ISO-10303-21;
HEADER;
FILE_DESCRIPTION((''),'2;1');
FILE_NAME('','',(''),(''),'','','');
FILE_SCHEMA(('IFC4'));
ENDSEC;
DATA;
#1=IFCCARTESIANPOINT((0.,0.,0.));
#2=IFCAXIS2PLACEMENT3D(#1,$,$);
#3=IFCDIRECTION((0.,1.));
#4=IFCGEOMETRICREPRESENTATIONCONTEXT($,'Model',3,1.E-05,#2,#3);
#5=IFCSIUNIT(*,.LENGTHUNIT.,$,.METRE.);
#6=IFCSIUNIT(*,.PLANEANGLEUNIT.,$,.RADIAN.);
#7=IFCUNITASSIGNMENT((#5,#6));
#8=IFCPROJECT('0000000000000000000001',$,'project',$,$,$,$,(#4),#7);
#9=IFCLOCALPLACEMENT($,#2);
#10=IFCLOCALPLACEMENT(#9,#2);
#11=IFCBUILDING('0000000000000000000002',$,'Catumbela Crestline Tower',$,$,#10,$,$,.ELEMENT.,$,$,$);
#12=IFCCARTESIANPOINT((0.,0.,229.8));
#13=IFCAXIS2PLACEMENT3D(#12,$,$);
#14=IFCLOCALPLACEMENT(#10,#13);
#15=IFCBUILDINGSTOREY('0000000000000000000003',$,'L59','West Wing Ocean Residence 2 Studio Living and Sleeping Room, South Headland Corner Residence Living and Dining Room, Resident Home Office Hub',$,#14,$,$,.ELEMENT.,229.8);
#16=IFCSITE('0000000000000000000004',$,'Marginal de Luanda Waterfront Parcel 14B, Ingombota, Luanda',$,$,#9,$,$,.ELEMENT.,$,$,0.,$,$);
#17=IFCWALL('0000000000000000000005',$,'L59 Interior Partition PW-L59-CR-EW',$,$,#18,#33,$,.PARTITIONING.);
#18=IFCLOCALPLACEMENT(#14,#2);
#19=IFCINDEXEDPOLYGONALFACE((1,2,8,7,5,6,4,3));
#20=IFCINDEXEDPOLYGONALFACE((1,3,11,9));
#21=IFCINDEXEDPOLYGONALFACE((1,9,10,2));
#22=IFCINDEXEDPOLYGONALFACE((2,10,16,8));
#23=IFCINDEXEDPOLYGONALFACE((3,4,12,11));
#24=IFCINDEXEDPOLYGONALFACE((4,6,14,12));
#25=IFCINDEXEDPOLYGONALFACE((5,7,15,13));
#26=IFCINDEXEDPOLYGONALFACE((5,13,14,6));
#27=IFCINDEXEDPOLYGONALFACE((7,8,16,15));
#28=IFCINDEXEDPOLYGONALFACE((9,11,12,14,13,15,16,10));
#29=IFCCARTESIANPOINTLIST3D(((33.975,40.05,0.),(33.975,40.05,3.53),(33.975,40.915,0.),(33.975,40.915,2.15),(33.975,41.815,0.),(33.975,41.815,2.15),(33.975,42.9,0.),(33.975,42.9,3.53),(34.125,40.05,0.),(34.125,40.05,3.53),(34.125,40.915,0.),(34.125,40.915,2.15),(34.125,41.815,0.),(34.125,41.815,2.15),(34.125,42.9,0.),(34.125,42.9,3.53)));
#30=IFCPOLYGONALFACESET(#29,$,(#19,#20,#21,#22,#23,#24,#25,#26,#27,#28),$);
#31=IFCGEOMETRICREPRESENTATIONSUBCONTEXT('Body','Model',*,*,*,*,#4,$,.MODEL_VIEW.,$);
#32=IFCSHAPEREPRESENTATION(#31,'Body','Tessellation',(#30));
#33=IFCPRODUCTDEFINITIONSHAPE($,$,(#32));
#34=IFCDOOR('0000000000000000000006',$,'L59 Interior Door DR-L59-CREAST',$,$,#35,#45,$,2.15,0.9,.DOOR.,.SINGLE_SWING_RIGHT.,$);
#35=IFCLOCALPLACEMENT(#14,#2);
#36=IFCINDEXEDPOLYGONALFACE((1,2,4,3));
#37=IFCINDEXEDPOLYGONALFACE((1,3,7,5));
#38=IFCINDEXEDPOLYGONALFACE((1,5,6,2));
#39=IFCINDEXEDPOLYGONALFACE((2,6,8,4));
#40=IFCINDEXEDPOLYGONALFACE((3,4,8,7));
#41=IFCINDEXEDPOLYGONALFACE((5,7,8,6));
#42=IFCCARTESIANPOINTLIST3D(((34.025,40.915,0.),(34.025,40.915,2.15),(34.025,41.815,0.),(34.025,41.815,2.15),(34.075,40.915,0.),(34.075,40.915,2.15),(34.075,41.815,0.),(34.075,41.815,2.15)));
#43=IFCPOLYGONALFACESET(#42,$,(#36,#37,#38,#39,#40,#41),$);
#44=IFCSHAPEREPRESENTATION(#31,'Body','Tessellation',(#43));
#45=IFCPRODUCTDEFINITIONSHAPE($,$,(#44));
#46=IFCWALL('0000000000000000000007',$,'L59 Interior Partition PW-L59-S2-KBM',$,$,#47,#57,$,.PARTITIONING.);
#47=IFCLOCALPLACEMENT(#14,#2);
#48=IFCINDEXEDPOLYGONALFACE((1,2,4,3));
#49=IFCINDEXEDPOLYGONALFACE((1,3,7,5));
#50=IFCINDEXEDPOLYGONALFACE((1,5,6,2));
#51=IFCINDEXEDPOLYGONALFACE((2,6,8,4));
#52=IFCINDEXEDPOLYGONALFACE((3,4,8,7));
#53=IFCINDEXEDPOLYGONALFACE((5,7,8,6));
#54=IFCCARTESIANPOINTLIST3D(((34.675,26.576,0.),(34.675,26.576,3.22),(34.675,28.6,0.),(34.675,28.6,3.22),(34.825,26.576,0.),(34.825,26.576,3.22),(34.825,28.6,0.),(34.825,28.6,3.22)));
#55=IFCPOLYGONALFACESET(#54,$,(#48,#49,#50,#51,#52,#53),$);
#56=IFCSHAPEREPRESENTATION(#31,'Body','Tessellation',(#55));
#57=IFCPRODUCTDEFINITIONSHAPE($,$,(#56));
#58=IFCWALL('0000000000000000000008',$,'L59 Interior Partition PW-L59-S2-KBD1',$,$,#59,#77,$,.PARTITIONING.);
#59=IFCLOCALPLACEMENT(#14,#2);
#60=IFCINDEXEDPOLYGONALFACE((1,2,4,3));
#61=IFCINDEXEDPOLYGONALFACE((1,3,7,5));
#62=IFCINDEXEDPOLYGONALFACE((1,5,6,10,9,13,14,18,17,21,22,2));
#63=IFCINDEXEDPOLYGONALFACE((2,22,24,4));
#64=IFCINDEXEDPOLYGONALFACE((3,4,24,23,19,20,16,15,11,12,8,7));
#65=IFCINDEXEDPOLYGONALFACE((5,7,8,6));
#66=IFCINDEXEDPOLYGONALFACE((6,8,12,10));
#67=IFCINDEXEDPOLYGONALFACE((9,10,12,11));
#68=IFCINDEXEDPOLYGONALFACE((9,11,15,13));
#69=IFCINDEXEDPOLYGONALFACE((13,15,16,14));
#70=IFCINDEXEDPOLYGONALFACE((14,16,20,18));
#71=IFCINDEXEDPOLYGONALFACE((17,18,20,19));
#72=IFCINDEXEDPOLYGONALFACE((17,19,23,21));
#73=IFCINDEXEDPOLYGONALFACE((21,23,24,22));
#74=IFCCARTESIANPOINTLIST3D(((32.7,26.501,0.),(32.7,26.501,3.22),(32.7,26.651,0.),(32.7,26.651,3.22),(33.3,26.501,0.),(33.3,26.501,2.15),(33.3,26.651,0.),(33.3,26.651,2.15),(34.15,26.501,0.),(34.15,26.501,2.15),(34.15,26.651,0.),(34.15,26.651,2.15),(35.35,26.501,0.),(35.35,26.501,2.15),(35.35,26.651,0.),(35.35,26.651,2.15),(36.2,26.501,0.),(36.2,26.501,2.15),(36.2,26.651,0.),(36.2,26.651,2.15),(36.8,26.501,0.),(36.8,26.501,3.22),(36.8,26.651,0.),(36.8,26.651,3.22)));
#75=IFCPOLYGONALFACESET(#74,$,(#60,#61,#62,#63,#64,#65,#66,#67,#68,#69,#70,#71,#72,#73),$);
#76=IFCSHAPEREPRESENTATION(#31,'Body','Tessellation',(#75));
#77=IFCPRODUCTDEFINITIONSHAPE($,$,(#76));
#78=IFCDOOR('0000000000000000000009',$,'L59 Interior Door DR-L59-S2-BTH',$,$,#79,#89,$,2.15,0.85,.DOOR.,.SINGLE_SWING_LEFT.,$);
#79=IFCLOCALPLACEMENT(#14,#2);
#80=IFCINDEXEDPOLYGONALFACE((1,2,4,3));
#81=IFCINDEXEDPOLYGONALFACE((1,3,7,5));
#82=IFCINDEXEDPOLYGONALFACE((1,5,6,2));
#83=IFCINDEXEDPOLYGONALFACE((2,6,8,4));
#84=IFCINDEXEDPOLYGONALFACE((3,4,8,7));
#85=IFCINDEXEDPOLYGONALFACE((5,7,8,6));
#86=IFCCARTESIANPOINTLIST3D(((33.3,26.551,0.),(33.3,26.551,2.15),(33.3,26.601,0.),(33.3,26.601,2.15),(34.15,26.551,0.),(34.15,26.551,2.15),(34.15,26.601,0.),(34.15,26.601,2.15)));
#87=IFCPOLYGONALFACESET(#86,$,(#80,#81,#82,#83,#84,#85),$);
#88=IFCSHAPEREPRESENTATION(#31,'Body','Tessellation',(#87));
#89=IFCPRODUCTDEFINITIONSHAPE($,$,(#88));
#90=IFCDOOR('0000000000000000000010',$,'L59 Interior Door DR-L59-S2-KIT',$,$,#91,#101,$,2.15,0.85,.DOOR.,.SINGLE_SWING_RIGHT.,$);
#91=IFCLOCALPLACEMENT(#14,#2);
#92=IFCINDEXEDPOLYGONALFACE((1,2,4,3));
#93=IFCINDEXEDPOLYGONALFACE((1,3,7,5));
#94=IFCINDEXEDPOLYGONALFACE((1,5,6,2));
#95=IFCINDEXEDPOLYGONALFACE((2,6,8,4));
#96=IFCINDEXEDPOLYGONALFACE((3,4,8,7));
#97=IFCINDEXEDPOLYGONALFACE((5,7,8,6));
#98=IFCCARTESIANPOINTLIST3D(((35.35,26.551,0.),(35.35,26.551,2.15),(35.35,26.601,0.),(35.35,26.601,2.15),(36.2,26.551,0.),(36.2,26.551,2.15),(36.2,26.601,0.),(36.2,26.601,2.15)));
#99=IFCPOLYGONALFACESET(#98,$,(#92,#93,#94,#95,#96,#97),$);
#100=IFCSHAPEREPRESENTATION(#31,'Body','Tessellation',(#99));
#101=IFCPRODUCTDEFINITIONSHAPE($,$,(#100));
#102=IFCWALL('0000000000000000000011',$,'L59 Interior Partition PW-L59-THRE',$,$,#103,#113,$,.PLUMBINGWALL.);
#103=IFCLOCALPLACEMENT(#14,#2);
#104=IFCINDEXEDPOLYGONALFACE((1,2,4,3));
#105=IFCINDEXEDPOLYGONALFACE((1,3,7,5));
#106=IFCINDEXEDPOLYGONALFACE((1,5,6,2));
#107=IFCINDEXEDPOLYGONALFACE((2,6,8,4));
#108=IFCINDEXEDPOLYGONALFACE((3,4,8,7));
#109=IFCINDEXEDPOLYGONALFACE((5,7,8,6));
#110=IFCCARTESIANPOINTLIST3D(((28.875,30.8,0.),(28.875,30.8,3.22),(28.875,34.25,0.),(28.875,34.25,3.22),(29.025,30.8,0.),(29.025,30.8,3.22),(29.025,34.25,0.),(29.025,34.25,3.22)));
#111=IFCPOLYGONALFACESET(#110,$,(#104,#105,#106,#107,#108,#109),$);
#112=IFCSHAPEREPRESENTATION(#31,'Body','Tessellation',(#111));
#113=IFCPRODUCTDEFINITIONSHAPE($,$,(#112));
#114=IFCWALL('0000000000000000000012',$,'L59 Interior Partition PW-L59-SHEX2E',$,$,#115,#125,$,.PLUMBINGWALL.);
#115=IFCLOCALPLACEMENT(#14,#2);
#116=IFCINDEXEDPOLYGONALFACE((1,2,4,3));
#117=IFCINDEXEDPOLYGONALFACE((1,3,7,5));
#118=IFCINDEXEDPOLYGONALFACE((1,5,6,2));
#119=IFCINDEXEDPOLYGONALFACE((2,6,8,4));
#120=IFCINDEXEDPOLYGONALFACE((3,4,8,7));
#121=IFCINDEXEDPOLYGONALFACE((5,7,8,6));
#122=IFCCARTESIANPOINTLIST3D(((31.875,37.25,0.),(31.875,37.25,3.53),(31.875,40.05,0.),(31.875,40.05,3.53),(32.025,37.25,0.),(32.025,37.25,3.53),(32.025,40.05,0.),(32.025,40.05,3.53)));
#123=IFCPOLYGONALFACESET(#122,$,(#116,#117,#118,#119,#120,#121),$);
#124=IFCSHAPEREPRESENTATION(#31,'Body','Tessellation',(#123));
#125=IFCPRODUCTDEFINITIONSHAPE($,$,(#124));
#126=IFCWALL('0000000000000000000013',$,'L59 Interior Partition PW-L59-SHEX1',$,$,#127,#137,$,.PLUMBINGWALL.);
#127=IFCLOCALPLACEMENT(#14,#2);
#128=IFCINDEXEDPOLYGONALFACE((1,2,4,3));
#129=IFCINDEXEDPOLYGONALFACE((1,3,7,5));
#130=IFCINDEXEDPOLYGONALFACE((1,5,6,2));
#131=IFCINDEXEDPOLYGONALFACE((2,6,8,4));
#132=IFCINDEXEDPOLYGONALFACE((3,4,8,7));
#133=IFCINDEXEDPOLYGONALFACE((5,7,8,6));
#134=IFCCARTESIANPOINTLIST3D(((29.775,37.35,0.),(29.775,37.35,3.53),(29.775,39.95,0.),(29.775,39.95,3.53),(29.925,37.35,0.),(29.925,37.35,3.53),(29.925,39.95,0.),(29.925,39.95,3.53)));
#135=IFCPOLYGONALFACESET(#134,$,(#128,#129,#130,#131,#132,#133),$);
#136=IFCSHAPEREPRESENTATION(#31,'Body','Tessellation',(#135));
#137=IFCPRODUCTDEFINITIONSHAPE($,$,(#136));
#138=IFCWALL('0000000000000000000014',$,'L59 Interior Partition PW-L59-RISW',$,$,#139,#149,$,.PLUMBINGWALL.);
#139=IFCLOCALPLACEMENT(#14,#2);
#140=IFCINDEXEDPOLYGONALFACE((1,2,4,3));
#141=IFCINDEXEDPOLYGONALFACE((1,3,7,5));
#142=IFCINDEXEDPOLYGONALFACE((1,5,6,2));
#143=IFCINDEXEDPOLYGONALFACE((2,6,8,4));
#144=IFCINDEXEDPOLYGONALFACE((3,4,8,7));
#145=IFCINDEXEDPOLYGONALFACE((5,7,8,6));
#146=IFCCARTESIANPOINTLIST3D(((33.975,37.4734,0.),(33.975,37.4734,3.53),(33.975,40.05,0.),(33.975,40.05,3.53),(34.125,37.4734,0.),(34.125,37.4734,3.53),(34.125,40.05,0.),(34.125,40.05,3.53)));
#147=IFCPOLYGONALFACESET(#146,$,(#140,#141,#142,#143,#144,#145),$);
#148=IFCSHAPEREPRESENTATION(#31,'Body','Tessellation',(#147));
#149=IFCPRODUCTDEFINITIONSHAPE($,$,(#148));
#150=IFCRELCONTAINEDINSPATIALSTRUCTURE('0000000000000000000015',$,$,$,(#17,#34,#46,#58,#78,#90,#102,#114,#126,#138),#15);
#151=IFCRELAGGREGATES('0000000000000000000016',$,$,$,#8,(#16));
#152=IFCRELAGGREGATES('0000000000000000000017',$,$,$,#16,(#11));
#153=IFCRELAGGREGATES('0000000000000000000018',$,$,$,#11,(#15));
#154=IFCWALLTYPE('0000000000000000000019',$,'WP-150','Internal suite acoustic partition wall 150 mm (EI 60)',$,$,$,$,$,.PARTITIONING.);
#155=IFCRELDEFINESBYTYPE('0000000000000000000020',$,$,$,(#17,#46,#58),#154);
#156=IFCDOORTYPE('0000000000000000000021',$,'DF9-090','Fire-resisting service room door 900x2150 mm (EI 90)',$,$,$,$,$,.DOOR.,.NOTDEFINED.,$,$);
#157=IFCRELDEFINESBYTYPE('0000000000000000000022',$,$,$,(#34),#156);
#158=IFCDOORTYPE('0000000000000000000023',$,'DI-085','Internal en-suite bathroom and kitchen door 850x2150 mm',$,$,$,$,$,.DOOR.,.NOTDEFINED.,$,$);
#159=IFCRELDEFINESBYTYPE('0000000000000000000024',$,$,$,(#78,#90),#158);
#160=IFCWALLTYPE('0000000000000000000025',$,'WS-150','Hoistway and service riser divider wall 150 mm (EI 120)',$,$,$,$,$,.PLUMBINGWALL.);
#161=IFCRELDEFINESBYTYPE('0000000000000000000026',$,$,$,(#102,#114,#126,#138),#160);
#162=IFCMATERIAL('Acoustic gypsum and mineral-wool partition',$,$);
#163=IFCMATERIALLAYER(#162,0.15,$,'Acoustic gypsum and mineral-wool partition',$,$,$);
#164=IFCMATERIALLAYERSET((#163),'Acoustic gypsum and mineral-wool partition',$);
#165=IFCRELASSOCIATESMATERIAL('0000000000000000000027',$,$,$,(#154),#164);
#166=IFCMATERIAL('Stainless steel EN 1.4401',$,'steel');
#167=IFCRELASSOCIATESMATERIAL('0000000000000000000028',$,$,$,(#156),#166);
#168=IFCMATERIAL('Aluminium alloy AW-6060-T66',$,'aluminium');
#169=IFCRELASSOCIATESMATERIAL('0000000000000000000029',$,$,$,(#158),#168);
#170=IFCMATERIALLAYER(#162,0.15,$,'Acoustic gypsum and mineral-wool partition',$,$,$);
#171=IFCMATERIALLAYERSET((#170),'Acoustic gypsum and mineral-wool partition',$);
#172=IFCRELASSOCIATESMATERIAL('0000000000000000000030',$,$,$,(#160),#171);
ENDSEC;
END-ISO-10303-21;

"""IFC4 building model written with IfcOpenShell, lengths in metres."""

from ifc_helpers import new_model, si_unit, direction, frame, frame_2d, origin, place, context, subcontext, project, spatial, rectangle, extrude, material, layer, layer_set, type_object, element, fill, save


model = new_model("IFC4")

# Units and contexts
model_context = context("Model", 3, precision=1e-05, world=origin(), true_north=direction((0.0, 1.0)))
body_context = subcontext(model_context, "Body", "Model", "MODEL_VIEW")
ifc_project = project(units=[si_unit("LENGTHUNIT", "METRE"), si_unit("PLANEANGLEUNIT", "RADIAN")], contexts=[model_context])

# Site, building, storey
site_placement = place(None, origin())
site = spatial("IfcSite", under=ifc_project, at=site_placement, Name="Marginal de Luanda Waterfront Parcel 14B, Ingombota, Luanda", CompositionType="ELEMENT", RefElevation=0.0)
building_placement = place(site_placement, origin())
building = spatial("IfcBuilding", under=site, at=building_placement, Name="Catumbela Crestline Tower", CompositionType="ELEMENT")
storey_placement = place(building_placement, frame((0.0, 0.0, 229.8)))
storey = spatial("IfcBuildingStorey", under=building, at=storey_placement, Name="L59", Description="West Wing Ocean Residence 2 Studio Living and Sleeping Room, South Headland Corner Residence Living and Dining Room, Resident Home Office Hub", CompositionType="ELEMENT", Elevation=229.8)

# Shared definitions
ifc_material_1 = material(Name="Stainless steel EN 1.4401", Category="steel")

# Shared definitions
ifc_material_2 = material(Name="Acoustic gypsum and mineral-wool partition")
ifc_layer_1 = layer(ifc_material_2, 0.15, Name="Acoustic gypsum and mineral-wool partition")
ifc_layer_set_1 = layer_set([ifc_layer_1], Name="Acoustic gypsum and mineral-wool partition")
wall_type_1 = type_object("IfcWallType", Name="WP-150", Description="Internal suite acoustic partition wall 150 mm (EI 60)", PredefinedType="PARTITIONING", material=ifc_layer_set_1)

# Wall, opening, door
wall_1_placement = place(storey_placement, frame((34.05, 40.05, 0.0), z_axis=(0.0, 0.0, 1.0), x_axis=(0.0, 1.0, 0.0)))
wall_1 = element("IfcWall", 1, at=wall_1_placement, inside=storey, type_object=wall_type_1, Name="L59 Interior Partition PW-L59-CR-EW", PredefinedType="PARTITIONING", context=body_context, shape_type="SweptSolid", body=[
    extrude(rectangle(XDim=2.85, YDim=0.15, at=frame_2d((1.425, 0.0))), origin(), (0.0, 0.0, 1.0), 3.53),
])
opening_1_placement = place(wall_1_placement, frame((0.865, 0.0, 0.0)))
opening_1 = element("IfcOpeningElement", 2, at=opening_1_placement, cuts=wall_1, PredefinedType="OPENING", context=body_context, shape_type="SweptSolid", body=[
    extrude(rectangle(XDim=0.9, YDim=2.15, at=frame_2d((0.45, 1.075))), frame((0.0, 0.085, 0.0), z_axis=(0.0, -1.0, 0.0), x_axis=(1.0, 0.0, 0.0)), (0.0, 0.0, 1.0), 0.17),
])
door_type_1 = type_object("IfcDoorType", Name="DF9-090", Description="Fire-resisting service room door 900x2150 mm (EI 90)", OperationType="NOTDEFINED", PredefinedType="DOOR", material=ifc_material_1)
door_1_placement = place(opening_1_placement, origin())
door_1 = element("IfcDoor", 3, at=door_1_placement, inside=storey, type_object=door_type_1, Name="L59 Interior Door DR-L59-CREAST", OperationType="SINGLE_SWING_RIGHT", OverallHeight=2.15, OverallWidth=0.9, PredefinedType="DOOR", context=body_context, shape_type="SweptSolid", body=[
    extrude(rectangle(XDim=0.9, YDim=2.15, at=frame_2d((0.45, 1.075))), frame((0.0, 0.025, 0.0), z_axis=(0.0, -1.0, 0.0), x_axis=(1.0, 0.0, 0.0)), (0.0, 0.0, 1.0), 0.05),
])
fill(opening_1, door_1)

# Wall
wall_2_placement = place(storey_placement, frame((34.75, 26.576, 0.0), z_axis=(0.0, 0.0, 1.0), x_axis=(0.0, 1.0, 0.0)))
element("IfcWall", 4, at=wall_2_placement, inside=storey, type_object=wall_type_1, Name="L59 Interior Partition PW-L59-S2-KBM", PredefinedType="PARTITIONING", context=body_context, shape_type="SweptSolid", body=[
    extrude(rectangle(XDim=2.024, YDim=0.15, at=frame_2d((1.012, 0.0))), origin(), (0.0, 0.0, 1.0), 3.22),
])

# Wall, openings, doors
wall_3_placement = place(storey_placement, frame((32.7, 26.576, 0.0), z_axis=(0.0, 0.0, 1.0), x_axis=(1.0, 0.0, 0.0)))
wall_3 = element("IfcWall", 5, at=wall_3_placement, inside=storey, type_object=wall_type_1, Name="L59 Interior Partition PW-L59-S2-KBD1", PredefinedType="PARTITIONING", context=body_context, shape_type="SweptSolid", body=[
    extrude(rectangle(XDim=4.1, YDim=0.15, at=frame_2d((2.05, 0.0))), origin(), (0.0, 0.0, 1.0), 3.22),
])
opening_2_placement = place(wall_3_placement, frame((0.6, 0.0, 0.0)))
opening_2 = element("IfcOpeningElement", 6, at=opening_2_placement, cuts=wall_3, PredefinedType="OPENING", context=body_context, shape_type="SweptSolid", body=[
    extrude(rectangle(XDim=0.85, YDim=2.15, at=frame_2d((0.425, 1.075))), frame((0.0, 0.085, 0.0), z_axis=(0.0, -1.0, 0.0), x_axis=(1.0, 0.0, 0.0)), (0.0, 0.0, 1.0), 0.17),
])
opening_3_placement = place(wall_3_placement, frame((2.65, 0.0, 0.0)))
opening_3 = element("IfcOpeningElement", 7, at=opening_3_placement, cuts=wall_3, PredefinedType="OPENING", context=body_context, shape_type="SweptSolid", body=[
    extrude(rectangle(XDim=0.85, YDim=2.15, at=frame_2d((0.425, 1.075))), frame((0.0, 0.085, 0.0), z_axis=(0.0, -1.0, 0.0), x_axis=(1.0, 0.0, 0.0)), (0.0, 0.0, 1.0), 0.17),
])
ifc_material_3 = material(Name="Aluminium alloy AW-6060-T66", Category="aluminium")
door_type_2 = type_object("IfcDoorType", Name="DI-085", Description="Internal en-suite bathroom and kitchen door 850x2150 mm", OperationType="NOTDEFINED", PredefinedType="DOOR", material=ifc_material_3)
door_2_placement = place(opening_2_placement, origin())
door_2 = element("IfcDoor", 8, at=door_2_placement, inside=storey, type_object=door_type_2, Name="L59 Interior Door DR-L59-S2-BTH", OperationType="SINGLE_SWING_LEFT", OverallHeight=2.15, OverallWidth=0.85, PredefinedType="DOOR", context=body_context, shape_type="SweptSolid", body=[
    extrude(rectangle(XDim=0.85, YDim=2.15, at=frame_2d((0.425, 1.075))), frame((0.0, 0.025, 0.0), z_axis=(0.0, -1.0, 0.0), x_axis=(1.0, 0.0, 0.0)), (0.0, 0.0, 1.0), 0.05),
])
fill(opening_2, door_2)
door_3_placement = place(opening_3_placement, origin())
door_3 = element("IfcDoor", 9, at=door_3_placement, inside=storey, type_object=door_type_2, Name="L59 Interior Door DR-L59-S2-KIT", OperationType="SINGLE_SWING_RIGHT", OverallHeight=2.15, OverallWidth=0.85, PredefinedType="DOOR", context=body_context, shape_type="SweptSolid", body=[
    extrude(rectangle(XDim=0.85, YDim=2.15, at=frame_2d((0.425, 1.075))), frame((0.0, 0.025, 0.0), z_axis=(0.0, -1.0, 0.0), x_axis=(1.0, 0.0, 0.0)), (0.0, 0.0, 1.0), 0.05),
])
fill(opening_3, door_3)

# Walls
ifc_layer_2 = layer(ifc_material_2, 0.15, Name="Acoustic gypsum and mineral-wool partition")
ifc_layer_set_2 = layer_set([ifc_layer_2], Name="Acoustic gypsum and mineral-wool partition")
wall_type_2 = type_object("IfcWallType", Name="WS-150", Description="Hoistway and service riser divider wall 150 mm (EI 120)", PredefinedType="PLUMBINGWALL", material=ifc_layer_set_2)
wall_4_placement = place(storey_placement, frame((28.95, 30.8, 0.0), z_axis=(0.0, 0.0, 1.0), x_axis=(0.0, 1.0, 0.0)))
element("IfcWall", 10, at=wall_4_placement, inside=storey, type_object=wall_type_2, Name="L59 Interior Partition PW-L59-THRE", PredefinedType="PLUMBINGWALL", context=body_context, shape_type="SweptSolid", body=[
    extrude(rectangle(XDim=3.45, YDim=0.15, at=frame_2d((1.725, 0.0))), origin(), (0.0, 0.0, 1.0), 3.22),
])
wall_5_placement = place(storey_placement, frame((31.95, 37.25, 0.0), z_axis=(0.0, 0.0, 1.0), x_axis=(0.0, 1.0, 0.0)))
element("IfcWall", 11, at=wall_5_placement, inside=storey, type_object=wall_type_2, Name="L59 Interior Partition PW-L59-SHEX2E", PredefinedType="PLUMBINGWALL", context=body_context, shape_type="SweptSolid", body=[
    extrude(rectangle(XDim=2.8, YDim=0.15, at=frame_2d((1.4, 0.0))), origin(), (0.0, 0.0, 1.0), 3.53),
])
wall_6_placement = place(storey_placement, frame((29.85, 37.35, 0.0), z_axis=(0.0, 0.0, 1.0), x_axis=(0.0, 1.0, 0.0)))
element("IfcWall", 12, at=wall_6_placement, inside=storey, type_object=wall_type_2, Name="L59 Interior Partition PW-L59-SHEX1", PredefinedType="PLUMBINGWALL", context=body_context, shape_type="SweptSolid", body=[
    extrude(rectangle(XDim=2.6, YDim=0.15, at=frame_2d((1.3, 0.0))), origin(), (0.0, 0.0, 1.0), 3.53),
])
wall_7_placement = place(storey_placement, frame((34.05, 37.4734, 0.0), z_axis=(0.0, 0.0, 1.0), x_axis=(0.0, 1.0, 0.0)))
element("IfcWall", 13, at=wall_7_placement, inside=storey, type_object=wall_type_2, Name="L59 Interior Partition PW-L59-RISW", PredefinedType="PLUMBINGWALL", context=body_context, shape_type="SweptSolid", body=[
    extrude(rectangle(XDim=2.5766, YDim=0.15, at=frame_2d((1.2883, 0.0))), origin(), (0.0, 0.0, 1.0), 3.53),
])

save(model, "model.ifc")
